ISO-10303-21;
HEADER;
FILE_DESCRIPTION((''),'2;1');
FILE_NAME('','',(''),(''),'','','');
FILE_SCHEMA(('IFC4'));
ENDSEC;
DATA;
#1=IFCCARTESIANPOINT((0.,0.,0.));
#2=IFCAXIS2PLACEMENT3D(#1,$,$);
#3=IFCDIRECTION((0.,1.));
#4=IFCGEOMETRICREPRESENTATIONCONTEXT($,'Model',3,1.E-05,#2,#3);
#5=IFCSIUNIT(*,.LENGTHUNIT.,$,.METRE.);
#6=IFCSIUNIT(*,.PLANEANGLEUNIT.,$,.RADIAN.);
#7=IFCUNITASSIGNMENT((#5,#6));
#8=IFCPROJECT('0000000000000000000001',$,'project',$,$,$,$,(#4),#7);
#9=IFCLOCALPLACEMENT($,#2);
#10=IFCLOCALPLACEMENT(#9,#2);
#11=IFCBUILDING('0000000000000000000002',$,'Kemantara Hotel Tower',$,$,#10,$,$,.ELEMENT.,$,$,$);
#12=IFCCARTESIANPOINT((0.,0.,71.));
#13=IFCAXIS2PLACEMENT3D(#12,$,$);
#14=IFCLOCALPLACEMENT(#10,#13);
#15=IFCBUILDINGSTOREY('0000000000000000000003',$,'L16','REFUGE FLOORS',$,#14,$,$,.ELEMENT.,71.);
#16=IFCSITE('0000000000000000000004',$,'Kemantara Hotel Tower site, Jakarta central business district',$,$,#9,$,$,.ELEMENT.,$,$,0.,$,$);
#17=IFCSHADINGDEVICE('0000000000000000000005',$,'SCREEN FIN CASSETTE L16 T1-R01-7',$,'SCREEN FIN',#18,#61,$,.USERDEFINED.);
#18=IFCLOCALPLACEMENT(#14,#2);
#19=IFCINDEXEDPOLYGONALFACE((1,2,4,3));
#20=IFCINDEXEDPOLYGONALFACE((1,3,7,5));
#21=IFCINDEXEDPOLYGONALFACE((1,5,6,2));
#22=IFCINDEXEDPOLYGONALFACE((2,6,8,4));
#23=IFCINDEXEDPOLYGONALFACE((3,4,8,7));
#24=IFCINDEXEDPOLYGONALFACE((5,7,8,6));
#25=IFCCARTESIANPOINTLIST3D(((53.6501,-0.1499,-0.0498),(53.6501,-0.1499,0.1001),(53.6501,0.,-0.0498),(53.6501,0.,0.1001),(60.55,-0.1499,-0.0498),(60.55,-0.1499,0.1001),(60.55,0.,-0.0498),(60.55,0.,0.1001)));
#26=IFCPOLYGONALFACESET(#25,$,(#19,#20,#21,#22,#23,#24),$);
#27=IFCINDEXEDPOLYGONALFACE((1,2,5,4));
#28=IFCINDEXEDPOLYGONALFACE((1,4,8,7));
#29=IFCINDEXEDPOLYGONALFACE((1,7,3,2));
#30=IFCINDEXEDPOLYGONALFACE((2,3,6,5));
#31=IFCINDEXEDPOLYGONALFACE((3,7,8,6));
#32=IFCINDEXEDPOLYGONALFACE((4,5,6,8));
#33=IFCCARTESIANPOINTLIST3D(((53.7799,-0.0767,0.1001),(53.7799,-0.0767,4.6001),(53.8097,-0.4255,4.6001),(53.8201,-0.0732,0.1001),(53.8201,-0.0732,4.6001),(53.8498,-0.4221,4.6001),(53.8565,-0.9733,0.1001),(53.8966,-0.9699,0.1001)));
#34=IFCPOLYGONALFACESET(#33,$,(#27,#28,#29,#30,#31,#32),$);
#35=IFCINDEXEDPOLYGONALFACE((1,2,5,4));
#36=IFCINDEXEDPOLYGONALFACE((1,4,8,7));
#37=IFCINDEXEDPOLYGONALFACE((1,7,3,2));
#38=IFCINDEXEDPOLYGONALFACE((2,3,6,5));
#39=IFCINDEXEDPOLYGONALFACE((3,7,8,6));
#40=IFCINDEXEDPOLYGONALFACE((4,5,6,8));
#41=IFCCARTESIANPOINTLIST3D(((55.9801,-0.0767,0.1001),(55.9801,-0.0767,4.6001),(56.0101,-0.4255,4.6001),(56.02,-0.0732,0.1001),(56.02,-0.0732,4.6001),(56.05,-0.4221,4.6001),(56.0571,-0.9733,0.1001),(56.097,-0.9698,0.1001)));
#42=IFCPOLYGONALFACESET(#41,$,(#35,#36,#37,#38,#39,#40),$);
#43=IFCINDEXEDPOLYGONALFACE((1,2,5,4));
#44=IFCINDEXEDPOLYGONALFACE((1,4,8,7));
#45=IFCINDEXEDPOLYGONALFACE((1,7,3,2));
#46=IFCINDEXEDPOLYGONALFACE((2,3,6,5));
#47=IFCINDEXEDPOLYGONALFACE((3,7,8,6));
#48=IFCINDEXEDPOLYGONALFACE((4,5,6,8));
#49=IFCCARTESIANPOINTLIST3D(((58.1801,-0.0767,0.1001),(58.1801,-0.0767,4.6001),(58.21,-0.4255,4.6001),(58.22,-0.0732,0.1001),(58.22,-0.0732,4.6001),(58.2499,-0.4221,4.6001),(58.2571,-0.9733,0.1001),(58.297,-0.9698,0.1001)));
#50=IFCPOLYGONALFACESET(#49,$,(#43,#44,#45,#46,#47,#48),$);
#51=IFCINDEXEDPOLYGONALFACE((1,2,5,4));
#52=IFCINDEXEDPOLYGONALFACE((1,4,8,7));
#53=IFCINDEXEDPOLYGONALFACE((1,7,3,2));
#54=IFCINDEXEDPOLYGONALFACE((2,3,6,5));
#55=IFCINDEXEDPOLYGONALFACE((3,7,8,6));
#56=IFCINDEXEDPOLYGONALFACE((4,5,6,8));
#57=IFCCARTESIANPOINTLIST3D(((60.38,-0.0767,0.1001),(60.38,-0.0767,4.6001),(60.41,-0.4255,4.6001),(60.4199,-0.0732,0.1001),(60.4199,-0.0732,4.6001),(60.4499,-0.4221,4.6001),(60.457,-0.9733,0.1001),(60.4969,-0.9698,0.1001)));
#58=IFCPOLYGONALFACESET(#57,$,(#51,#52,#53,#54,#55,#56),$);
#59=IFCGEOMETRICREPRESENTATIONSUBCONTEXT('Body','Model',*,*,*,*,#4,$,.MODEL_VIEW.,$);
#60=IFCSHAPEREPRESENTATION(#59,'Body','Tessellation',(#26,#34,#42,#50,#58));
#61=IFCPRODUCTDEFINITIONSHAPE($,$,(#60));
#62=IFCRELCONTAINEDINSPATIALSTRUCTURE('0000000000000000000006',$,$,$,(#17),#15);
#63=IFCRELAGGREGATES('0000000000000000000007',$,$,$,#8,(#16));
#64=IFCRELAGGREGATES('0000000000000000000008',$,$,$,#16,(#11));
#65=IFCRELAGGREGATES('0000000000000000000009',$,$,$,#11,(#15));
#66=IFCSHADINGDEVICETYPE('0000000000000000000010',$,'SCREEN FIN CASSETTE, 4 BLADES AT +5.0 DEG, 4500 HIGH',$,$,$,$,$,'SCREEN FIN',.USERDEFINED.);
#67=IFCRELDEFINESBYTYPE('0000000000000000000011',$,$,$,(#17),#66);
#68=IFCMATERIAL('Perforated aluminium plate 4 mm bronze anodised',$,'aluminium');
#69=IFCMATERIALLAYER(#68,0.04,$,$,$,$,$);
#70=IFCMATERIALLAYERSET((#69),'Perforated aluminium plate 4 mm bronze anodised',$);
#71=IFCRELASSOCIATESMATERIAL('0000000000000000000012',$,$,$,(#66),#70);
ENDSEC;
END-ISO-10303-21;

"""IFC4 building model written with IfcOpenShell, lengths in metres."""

from ifc_helpers import new_model, si_unit, direction, frame, origin, origin_2d, place, context, subcontext, project, spatial, polyline, rectangle, outline, extrude, source, transform, mapped, material, layer, layer_set, type_object, element, save


model = new_model("IFC4")

# Units and contexts
model_context = context("Model", 3, precision=1e-05, world=origin(), true_north=direction((0.0, 1.0)))
body_context = subcontext(model_context, "Body", "Model", "MODEL_VIEW")
ifc_project = project(units=[si_unit("LENGTHUNIT", "METRE"), si_unit("PLANEANGLEUNIT", "RADIAN")], contexts=[model_context])

# Site, building, storey
site_placement = place(None, origin())
site = spatial("IfcSite", under=ifc_project, at=site_placement, Name="Kemantara Hotel Tower site, Jakarta central business district", CompositionType="ELEMENT", RefElevation=0.0)
building_placement = place(site_placement, origin())
building = spatial("IfcBuilding", under=site, at=building_placement, Name="Kemantara Hotel Tower", CompositionType="ELEMENT")
storey_placement = place(building_placement, frame((0.0, 0.0, 71.0)))
storey = spatial("IfcBuildingStorey", under=building, at=storey_placement, Name="L16", Description="REFUGE FLOORS", CompositionType="ELEMENT", Elevation=71.0)

# Shading device
ifc_material_1 = material(Name="Perforated aluminium plate 4 mm bronze anodised", Category="aluminium")
ifc_layer_1 = layer(ifc_material_1, 0.04)
ifc_layer_set_1 = layer_set([ifc_layer_1], Name="Perforated aluminium plate 4 mm bronze anodised")
shading_device_type = type_object("IfcShadingDeviceType", Name="SCREEN FIN CASSETTE, 4 BLADES AT +5.0 DEG, 4500 HIGH", ElementType="SCREEN FIN", PredefinedType="USERDEFINED", material=ifc_layer_set_1)
shared_shape = source(origin(), body_context, "Body", "SweptSolid", [
    extrude(rectangle(XDim=6.8999, YDim=0.1499, at=origin_2d()), frame((3.3, -0.075, -0.1499), z_axis=(0.0, 0.0, 1.0), x_axis=(1.0, 0.0, 0.0)), (0.0, 0.0, 1.0), 0.1499),
    extrude(outline(polyline([(0.0, 0.0), (0.8999, 0.0), (0.3501, 4.5), (0.0, 4.5), (0.0, 0.0)])), frame((0.02, -0.0732, 0.0), z_axis=(-0.996376, -0.085056, 0.0), x_axis=(0.085056, -0.996376, 0.0)), (0.0, 0.0, 1.0), 0.0403),
    extrude(outline(polyline([(0.0, 0.0), (0.8999, 0.0), (0.3501, 4.5), (0.0, 4.5), (0.0, 0.0)])), frame((2.22, -0.0732, 0.0), z_axis=(-0.996332, -0.085575, 0.0), x_axis=(0.085575, -0.996332, 0.0)), (0.0, 0.0, 1.0), 0.04),
    extrude(outline(polyline([(0.0, 0.0), (0.8999, 0.0), (0.3501, 4.5), (0.0, 4.5), (0.0, 0.0)])), frame((4.4199, -0.0732, 0.0), z_axis=(-0.996332, -0.085575, 0.0), x_axis=(0.085575, -0.996332, 0.0)), (0.0, 0.0, 1.0), 0.04),
    extrude(outline(polyline([(0.0, 0.0), (0.8999, 0.0), (0.3501, 4.5), (0.0, 4.5), (0.0, 0.0)])), frame((6.6199, -0.0732, 0.0), z_axis=(-0.996332, -0.085575, 0.0), x_axis=(0.085575, -0.996332, 0.0)), (0.0, 0.0, 1.0), 0.04),
])
for number, where, z_axis, x_axis, name in (
    (1, (53.8, 0.0, 0.1001), (0.0, 0.0, 1.0), (1.0, 0.0, 0.0), "SCREEN FIN CASSETTE L16 T1-R01-7"),
):
    element("IfcShadingDevice", number, at=place(storey_placement, frame(where, z_axis=z_axis, x_axis=x_axis)), inside=storey, type_object=shading_device_type, Name=name, ObjectType="SCREEN FIN", PredefinedType="USERDEFINED", context=body_context, shape_type="MappedRepresentation", body=[
        mapped(shared_shape, transform((0.0, 0.0, 0.0))),
    ])

save(model, "model.ifc")
